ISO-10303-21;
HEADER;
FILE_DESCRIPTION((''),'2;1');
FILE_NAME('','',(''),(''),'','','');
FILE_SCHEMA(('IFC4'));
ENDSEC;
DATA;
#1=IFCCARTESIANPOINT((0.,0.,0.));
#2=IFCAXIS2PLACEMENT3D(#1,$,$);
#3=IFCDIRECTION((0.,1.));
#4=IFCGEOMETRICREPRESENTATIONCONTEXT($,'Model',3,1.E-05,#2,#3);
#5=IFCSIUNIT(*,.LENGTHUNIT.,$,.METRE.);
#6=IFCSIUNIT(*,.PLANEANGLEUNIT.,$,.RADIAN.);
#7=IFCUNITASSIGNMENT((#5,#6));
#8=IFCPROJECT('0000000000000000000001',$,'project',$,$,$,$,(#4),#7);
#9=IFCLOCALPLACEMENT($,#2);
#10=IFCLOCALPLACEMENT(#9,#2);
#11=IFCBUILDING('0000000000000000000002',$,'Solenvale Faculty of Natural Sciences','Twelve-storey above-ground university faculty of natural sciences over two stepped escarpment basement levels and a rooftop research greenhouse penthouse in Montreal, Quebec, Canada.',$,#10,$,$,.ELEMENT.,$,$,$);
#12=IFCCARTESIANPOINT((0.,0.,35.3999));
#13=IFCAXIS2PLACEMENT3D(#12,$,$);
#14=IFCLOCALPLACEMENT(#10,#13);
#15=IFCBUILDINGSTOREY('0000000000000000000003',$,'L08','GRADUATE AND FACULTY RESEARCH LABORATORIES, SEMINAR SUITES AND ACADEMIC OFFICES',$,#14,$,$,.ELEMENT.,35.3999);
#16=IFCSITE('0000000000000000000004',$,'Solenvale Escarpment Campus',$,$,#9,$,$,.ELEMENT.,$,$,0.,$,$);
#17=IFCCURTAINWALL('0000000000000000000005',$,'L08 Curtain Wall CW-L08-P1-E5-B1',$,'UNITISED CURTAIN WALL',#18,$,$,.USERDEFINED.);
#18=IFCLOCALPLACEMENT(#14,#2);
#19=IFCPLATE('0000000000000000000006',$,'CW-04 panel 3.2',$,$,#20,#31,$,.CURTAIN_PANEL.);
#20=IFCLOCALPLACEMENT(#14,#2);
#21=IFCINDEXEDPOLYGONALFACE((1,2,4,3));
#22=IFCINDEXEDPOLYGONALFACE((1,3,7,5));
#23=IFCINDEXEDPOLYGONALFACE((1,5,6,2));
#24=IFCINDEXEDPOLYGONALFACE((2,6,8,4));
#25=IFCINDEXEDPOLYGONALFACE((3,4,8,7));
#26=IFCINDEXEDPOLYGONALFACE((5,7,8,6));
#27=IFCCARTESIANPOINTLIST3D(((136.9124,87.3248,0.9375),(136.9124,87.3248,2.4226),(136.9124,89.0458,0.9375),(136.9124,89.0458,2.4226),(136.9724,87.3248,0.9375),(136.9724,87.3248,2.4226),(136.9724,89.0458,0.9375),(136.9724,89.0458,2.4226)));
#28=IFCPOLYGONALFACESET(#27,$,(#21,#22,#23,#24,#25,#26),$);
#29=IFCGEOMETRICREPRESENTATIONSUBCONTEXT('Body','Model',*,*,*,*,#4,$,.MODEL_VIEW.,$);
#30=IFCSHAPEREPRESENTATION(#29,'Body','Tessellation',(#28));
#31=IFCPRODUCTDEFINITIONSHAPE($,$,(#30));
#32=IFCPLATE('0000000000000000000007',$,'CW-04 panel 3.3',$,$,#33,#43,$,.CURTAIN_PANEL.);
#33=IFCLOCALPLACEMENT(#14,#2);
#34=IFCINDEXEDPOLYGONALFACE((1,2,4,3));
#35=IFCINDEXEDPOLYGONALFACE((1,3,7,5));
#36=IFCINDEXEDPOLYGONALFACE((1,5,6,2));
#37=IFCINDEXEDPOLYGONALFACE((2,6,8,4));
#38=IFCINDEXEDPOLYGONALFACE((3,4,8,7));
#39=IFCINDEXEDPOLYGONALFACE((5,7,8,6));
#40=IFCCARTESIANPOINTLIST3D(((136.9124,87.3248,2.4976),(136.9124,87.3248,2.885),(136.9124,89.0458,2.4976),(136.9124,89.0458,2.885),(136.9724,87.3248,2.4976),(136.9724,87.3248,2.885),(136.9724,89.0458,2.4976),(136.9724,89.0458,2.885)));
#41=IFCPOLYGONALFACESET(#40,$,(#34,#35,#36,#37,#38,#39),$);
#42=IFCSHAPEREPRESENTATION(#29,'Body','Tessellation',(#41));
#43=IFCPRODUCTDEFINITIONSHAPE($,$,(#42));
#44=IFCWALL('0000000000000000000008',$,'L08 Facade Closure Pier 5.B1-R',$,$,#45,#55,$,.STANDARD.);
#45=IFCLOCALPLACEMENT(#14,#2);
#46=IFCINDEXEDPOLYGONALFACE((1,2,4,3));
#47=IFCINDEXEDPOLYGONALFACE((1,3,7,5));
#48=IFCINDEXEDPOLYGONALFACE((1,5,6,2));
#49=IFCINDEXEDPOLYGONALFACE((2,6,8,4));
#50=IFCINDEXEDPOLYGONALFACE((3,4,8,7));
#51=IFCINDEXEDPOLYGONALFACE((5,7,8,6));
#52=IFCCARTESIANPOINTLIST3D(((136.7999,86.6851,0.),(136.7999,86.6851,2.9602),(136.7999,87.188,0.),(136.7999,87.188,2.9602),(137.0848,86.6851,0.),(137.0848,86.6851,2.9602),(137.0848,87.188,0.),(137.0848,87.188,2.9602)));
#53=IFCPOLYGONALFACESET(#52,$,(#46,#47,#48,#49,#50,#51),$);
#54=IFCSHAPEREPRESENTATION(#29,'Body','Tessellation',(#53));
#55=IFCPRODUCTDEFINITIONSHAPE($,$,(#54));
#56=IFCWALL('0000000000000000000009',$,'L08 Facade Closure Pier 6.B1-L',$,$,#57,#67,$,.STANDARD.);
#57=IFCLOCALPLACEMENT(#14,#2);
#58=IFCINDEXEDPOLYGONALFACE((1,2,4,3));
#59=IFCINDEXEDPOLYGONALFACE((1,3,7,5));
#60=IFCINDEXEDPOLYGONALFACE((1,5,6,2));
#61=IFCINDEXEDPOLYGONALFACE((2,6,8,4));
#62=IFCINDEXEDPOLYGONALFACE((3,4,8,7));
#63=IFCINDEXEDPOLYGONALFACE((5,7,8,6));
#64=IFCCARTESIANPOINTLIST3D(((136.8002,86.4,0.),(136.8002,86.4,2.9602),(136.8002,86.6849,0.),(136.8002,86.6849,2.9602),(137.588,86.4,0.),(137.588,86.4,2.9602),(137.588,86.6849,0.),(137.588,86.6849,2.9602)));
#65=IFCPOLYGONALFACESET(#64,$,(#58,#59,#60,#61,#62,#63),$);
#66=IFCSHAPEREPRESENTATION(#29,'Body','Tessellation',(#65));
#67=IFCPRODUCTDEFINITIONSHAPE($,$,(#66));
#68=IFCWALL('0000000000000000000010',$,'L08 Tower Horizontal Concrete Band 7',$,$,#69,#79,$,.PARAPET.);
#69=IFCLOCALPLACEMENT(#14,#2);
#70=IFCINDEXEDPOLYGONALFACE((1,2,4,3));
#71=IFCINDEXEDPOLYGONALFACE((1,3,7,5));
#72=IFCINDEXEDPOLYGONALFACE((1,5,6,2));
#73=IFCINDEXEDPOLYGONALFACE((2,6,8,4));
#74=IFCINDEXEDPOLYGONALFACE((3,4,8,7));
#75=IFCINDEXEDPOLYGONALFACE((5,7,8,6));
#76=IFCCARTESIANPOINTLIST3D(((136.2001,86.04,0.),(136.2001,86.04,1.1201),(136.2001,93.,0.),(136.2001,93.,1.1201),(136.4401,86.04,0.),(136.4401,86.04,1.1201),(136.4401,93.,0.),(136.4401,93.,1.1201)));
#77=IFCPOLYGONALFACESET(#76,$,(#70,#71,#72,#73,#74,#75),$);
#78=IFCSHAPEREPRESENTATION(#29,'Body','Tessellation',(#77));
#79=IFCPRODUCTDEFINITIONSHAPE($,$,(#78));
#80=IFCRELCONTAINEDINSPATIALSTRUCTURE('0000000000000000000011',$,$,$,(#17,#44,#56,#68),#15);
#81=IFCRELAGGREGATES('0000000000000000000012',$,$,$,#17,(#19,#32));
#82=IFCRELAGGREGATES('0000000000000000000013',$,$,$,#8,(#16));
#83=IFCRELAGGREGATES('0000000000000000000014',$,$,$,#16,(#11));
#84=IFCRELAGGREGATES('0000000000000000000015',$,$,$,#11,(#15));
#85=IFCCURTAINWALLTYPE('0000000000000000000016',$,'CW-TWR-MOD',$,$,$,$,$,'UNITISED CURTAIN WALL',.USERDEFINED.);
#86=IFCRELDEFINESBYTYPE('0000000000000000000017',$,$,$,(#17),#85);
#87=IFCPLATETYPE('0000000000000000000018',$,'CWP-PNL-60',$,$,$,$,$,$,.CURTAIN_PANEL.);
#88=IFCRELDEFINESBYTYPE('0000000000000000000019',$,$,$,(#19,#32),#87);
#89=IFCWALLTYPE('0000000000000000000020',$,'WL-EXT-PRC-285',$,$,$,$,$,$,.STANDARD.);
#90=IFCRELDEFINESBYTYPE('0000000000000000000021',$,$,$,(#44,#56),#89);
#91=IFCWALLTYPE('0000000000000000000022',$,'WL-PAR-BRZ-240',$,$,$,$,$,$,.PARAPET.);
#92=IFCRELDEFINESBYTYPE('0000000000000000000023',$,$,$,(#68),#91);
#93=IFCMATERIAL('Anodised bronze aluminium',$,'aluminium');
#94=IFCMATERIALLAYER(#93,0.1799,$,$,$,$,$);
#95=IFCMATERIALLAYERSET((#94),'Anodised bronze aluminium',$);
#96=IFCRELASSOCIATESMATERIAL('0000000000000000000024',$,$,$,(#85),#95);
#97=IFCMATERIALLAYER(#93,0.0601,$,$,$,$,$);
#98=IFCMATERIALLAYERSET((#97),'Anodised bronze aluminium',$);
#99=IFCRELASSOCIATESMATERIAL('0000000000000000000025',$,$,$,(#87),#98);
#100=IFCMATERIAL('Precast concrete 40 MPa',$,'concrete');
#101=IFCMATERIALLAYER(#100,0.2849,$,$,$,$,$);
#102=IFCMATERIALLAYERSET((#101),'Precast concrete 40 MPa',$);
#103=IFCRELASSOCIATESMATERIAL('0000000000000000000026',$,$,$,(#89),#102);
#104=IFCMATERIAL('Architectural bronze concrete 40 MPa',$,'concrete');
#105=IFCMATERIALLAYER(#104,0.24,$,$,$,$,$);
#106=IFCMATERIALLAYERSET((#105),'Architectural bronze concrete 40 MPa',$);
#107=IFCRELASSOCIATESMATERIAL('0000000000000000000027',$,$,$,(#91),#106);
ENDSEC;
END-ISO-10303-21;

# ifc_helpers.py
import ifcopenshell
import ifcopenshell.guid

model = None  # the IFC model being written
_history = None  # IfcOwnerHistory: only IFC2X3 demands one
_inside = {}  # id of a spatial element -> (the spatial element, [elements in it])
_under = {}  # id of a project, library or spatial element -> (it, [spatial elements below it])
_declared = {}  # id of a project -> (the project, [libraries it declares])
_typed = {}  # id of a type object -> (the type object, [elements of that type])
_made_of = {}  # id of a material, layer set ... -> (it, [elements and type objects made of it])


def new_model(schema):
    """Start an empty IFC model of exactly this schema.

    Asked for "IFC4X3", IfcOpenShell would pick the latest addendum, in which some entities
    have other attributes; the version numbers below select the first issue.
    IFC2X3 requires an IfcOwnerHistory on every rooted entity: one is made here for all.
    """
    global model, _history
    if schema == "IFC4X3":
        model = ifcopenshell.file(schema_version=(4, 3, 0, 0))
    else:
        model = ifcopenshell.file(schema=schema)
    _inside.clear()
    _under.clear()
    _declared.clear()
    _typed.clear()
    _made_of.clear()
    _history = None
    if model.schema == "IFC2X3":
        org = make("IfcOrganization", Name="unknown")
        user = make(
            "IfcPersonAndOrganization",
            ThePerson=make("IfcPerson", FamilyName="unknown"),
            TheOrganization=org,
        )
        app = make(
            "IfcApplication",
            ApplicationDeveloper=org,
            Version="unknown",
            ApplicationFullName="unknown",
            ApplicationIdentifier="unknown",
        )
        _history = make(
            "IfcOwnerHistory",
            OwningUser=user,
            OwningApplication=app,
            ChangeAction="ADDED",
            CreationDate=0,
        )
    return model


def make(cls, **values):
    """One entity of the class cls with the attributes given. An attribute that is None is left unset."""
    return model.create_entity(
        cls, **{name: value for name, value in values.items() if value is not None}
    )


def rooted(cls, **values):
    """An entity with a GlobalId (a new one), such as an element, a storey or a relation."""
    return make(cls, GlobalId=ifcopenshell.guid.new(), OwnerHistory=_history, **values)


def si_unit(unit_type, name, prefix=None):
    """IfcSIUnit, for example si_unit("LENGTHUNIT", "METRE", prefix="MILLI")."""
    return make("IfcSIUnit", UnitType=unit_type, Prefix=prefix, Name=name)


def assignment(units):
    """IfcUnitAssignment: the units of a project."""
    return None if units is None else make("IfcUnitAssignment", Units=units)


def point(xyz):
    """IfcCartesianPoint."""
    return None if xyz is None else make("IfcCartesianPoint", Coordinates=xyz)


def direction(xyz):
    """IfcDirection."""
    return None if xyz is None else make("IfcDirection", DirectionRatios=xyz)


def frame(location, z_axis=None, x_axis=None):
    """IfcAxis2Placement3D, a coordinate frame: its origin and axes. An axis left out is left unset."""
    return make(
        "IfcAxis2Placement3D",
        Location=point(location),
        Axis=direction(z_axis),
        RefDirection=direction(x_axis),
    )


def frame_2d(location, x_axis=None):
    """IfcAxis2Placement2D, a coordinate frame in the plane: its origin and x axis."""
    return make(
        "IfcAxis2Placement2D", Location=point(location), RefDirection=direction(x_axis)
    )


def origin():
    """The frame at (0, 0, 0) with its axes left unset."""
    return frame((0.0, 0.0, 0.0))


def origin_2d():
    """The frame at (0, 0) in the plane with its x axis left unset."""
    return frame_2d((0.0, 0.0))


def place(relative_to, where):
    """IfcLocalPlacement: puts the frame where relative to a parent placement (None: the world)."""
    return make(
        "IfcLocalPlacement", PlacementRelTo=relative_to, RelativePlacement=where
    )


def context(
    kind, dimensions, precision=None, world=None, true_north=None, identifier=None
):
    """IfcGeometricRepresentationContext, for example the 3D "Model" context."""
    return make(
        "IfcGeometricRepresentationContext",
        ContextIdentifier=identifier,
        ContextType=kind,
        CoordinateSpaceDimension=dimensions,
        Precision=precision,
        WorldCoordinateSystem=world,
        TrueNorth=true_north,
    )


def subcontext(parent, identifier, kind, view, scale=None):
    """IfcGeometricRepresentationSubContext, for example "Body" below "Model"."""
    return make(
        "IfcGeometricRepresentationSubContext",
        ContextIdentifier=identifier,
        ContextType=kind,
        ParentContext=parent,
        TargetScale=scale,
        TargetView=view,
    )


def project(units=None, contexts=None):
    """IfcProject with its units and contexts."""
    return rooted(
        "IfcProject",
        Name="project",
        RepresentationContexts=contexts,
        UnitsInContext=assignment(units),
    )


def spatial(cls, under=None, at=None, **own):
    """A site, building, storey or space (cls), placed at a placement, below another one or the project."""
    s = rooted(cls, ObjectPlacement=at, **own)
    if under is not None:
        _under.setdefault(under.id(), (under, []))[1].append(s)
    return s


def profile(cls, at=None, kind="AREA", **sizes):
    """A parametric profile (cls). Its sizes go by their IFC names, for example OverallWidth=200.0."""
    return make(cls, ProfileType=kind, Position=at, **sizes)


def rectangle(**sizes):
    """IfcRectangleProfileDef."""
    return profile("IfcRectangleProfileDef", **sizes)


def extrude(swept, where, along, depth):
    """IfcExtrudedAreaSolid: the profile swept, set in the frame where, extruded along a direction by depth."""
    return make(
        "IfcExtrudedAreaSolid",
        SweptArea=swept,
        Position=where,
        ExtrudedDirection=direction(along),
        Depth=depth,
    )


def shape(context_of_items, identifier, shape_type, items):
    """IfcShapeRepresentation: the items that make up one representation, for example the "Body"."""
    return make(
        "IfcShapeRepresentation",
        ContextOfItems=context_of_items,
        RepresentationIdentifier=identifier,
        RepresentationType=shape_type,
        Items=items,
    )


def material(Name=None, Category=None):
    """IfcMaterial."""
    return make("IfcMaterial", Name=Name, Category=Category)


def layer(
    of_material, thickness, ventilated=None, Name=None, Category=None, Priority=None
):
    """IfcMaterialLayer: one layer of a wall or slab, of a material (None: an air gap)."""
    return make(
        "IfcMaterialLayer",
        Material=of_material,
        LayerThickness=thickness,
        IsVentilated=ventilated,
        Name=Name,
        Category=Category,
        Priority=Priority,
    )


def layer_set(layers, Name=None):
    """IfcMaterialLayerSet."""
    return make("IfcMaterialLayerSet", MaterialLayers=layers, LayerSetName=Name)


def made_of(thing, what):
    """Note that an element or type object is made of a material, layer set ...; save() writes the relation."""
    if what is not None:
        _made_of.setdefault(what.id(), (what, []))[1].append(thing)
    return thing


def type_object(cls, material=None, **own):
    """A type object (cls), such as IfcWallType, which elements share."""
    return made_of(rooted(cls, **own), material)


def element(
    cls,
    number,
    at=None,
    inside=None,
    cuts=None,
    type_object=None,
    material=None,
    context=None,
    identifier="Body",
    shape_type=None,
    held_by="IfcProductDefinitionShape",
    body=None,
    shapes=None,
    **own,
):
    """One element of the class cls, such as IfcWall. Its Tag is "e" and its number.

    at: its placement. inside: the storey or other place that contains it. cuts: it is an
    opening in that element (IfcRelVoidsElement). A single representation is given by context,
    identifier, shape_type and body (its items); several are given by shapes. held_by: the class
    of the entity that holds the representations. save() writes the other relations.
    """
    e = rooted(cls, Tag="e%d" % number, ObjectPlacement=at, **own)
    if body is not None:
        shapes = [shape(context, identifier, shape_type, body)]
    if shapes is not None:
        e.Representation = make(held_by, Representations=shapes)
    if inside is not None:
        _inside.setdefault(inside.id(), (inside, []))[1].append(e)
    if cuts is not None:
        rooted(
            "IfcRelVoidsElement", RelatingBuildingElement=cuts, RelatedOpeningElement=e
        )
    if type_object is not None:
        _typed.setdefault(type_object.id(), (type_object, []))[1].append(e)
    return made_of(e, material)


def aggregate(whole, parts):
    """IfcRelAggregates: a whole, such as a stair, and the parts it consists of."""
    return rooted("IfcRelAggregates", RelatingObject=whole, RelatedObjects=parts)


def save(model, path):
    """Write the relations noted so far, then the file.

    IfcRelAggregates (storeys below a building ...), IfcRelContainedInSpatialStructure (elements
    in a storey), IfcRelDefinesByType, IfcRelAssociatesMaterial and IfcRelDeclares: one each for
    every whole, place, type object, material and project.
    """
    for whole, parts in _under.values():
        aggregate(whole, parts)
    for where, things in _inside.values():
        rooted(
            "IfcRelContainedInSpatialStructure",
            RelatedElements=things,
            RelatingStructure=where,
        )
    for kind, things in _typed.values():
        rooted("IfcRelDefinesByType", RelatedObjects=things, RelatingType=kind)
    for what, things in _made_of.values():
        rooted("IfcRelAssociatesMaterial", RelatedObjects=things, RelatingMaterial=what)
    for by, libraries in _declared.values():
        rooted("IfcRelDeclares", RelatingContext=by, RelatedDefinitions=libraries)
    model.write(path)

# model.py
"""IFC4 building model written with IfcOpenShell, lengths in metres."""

from ifc_helpers import new_model, si_unit, direction, frame, frame_2d, origin, origin_2d, place, context, subcontext, project, spatial, rectangle, extrude, material, layer, layer_set, type_object, element, aggregate, save


model = new_model("IFC4")

# Units and contexts
model_context = context("Model", 3, precision=1e-05, world=origin(), true_north=direction((0.0, 1.0)))
body_context = subcontext(model_context, "Body", "Model", "MODEL_VIEW")
ifc_project = project(units=[si_unit("LENGTHUNIT", "METRE"), si_unit("PLANEANGLEUNIT", "RADIAN")], contexts=[model_context])

# Site, building, storey
site_placement = place(None, origin())
site = spatial("IfcSite", under=ifc_project, at=site_placement, Name="Solenvale Escarpment Campus", CompositionType="ELEMENT", RefElevation=0.0)
building_placement = place(site_placement, origin())
building = spatial("IfcBuilding", under=site, at=building_placement, Name="Solenvale Faculty of Natural Sciences", Description="Twelve-storey above-ground university faculty of natural sciences over two stepped escarpment basement levels and a rooftop research greenhouse penthouse in Montreal, Quebec, Canada.", CompositionType="ELEMENT")
storey_placement = place(building_placement, frame((0.0, 0.0, 35.3999)))
storey = spatial("IfcBuildingStorey", under=building, at=storey_placement, Name="L08", Description="GRADUATE AND FACULTY RESEARCH LABORATORIES, SEMINAR SUITES AND ACADEMIC OFFICES", CompositionType="ELEMENT", Elevation=35.3999)

# Curtain wall
ifc_material_1 = material(Name="Anodised bronze aluminium", Category="aluminium")
ifc_layer_1 = layer(ifc_material_1, 0.1799)
ifc_layer_set_1 = layer_set([ifc_layer_1], Name="Anodised bronze aluminium")
curtain_wall_type = type_object("IfcCurtainWallType", Name="CW-TWR-MOD", ElementType="UNITISED CURTAIN WALL", PredefinedType="USERDEFINED", material=ifc_layer_set_1)
curtain_wall_1_placement = place(storey_placement, origin())
curtain_wall_1 = element("IfcCurtainWall", 1, at=curtain_wall_1_placement, inside=storey, type_object=curtain_wall_type, Name="L08 Curtain Wall CW-L08-P1-E5-B1", ObjectType="UNITISED CURTAIN WALL", PredefinedType="USERDEFINED")

# Plates
ifc_layer_2 = layer(ifc_material_1, 0.0601)
ifc_layer_set_2 = layer_set([ifc_layer_2], Name="Anodised bronze aluminium")
plate_type_1 = type_object("IfcPlateType", Name="CWP-PNL-60", PredefinedType="CURTAIN_PANEL", material=ifc_layer_set_2)
plate_1_placement = place(storey_placement, frame((136.9424, 88.1853, 0.9375), z_axis=(0.0, 0.0, 1.0), x_axis=(0.0, -1.0, 0.0)))
plate_1 = element("IfcPlate", 2, at=plate_1_placement, type_object=plate_type_1, Name="CW-04 panel 3.2", PredefinedType="CURTAIN_PANEL", context=body_context, shape_type="SweptSolid", body=[
    extrude(rectangle(XDim=1.7209, YDim=0.0601, at=origin_2d()), origin(), (0.0, 0.0, 1.0), 1.4851),
])
plate_2_placement = place(storey_placement, frame((136.9424, 88.1853, 2.4976), z_axis=(0.0, 0.0, 1.0), x_axis=(0.0, -1.0, 0.0)))
plate_2 = element("IfcPlate", 3, at=plate_2_placement, type_object=plate_type_1, Name="CW-04 panel 3.3", PredefinedType="CURTAIN_PANEL", context=body_context, shape_type="SweptSolid", body=[
    extrude(rectangle(XDim=1.7209, YDim=0.0601, at=origin_2d()), origin(), (0.0, 0.0, 1.0), 0.3875),
])
aggregate(curtain_wall_1, [plate_1, plate_2])

# Walls
ifc_material_2 = material(Name="Precast concrete 40 MPa", Category="concrete")
ifc_layer_3 = layer(ifc_material_2, 0.2849)
ifc_layer_set_3 = layer_set([ifc_layer_3], Name="Precast concrete 40 MPa")
wall_type_1 = type_object("IfcWallType", Name="WL-EXT-PRC-285", PredefinedType="STANDARD", material=ifc_layer_set_3)
wall_1_placement = place(storey_placement, frame((136.9424, 87.188, 0.0), z_axis=(0.0, 0.0, 1.0), x_axis=(0.0, -1.0, 0.0)))
element("IfcWall", 4, at=wall_1_placement, inside=storey, type_object=wall_type_1, Name="L08 Facade Closure Pier 5.B1-R", PredefinedType="STANDARD", context=body_context, shape_type="SweptSolid", body=[
    extrude(rectangle(XDim=0.5029, YDim=0.2849, at=frame_2d((0.2515, 0.0))), origin(), (0.0, 0.0, 1.0), 2.9602),
])
wall_2_placement = place(storey_placement, frame((136.8, 86.5425, 0.0), z_axis=(0.0, 0.0, 1.0), x_axis=(1.0, 0.0, 0.0)))
element("IfcWall", 5, at=wall_2_placement, inside=storey, type_object=wall_type_1, Name="L08 Facade Closure Pier 6.B1-L", PredefinedType="STANDARD", context=body_context, shape_type="SweptSolid", body=[
    extrude(rectangle(XDim=0.7878, YDim=0.2849, at=frame_2d((0.394, 0.0))), origin(), (0.0, 0.0, 1.0), 2.9602),
])
ifc_material_3 = material(Name="Architectural bronze concrete 40 MPa", Category="concrete")
ifc_layer_4 = layer(ifc_material_3, 0.24)
ifc_layer_set_4 = layer_set([ifc_layer_4], Name="Architectural bronze concrete 40 MPa")
wall_type_2 = type_object("IfcWallType", Name="WL-PAR-BRZ-240", PredefinedType="PARAPET", material=ifc_layer_set_4)
wall_3_placement = place(storey_placement, frame((136.3201, 86.04, 0.0), z_axis=(0.0, 0.0, 1.0), x_axis=(0.0, 1.0, 0.0)))
element("IfcWall", 6, at=wall_3_placement, inside=storey, type_object=wall_type_2, Name="L08 Tower Horizontal Concrete Band 7", PredefinedType="PARAPET", context=body_context, shape_type="SweptSolid", body=[
    extrude(rectangle(XDim=6.96, YDim=0.24, at=frame_2d((3.48, 0.0))), origin(), (0.0, 0.0, 1.0), 1.1201),
])

save(model, "model.ifc")
